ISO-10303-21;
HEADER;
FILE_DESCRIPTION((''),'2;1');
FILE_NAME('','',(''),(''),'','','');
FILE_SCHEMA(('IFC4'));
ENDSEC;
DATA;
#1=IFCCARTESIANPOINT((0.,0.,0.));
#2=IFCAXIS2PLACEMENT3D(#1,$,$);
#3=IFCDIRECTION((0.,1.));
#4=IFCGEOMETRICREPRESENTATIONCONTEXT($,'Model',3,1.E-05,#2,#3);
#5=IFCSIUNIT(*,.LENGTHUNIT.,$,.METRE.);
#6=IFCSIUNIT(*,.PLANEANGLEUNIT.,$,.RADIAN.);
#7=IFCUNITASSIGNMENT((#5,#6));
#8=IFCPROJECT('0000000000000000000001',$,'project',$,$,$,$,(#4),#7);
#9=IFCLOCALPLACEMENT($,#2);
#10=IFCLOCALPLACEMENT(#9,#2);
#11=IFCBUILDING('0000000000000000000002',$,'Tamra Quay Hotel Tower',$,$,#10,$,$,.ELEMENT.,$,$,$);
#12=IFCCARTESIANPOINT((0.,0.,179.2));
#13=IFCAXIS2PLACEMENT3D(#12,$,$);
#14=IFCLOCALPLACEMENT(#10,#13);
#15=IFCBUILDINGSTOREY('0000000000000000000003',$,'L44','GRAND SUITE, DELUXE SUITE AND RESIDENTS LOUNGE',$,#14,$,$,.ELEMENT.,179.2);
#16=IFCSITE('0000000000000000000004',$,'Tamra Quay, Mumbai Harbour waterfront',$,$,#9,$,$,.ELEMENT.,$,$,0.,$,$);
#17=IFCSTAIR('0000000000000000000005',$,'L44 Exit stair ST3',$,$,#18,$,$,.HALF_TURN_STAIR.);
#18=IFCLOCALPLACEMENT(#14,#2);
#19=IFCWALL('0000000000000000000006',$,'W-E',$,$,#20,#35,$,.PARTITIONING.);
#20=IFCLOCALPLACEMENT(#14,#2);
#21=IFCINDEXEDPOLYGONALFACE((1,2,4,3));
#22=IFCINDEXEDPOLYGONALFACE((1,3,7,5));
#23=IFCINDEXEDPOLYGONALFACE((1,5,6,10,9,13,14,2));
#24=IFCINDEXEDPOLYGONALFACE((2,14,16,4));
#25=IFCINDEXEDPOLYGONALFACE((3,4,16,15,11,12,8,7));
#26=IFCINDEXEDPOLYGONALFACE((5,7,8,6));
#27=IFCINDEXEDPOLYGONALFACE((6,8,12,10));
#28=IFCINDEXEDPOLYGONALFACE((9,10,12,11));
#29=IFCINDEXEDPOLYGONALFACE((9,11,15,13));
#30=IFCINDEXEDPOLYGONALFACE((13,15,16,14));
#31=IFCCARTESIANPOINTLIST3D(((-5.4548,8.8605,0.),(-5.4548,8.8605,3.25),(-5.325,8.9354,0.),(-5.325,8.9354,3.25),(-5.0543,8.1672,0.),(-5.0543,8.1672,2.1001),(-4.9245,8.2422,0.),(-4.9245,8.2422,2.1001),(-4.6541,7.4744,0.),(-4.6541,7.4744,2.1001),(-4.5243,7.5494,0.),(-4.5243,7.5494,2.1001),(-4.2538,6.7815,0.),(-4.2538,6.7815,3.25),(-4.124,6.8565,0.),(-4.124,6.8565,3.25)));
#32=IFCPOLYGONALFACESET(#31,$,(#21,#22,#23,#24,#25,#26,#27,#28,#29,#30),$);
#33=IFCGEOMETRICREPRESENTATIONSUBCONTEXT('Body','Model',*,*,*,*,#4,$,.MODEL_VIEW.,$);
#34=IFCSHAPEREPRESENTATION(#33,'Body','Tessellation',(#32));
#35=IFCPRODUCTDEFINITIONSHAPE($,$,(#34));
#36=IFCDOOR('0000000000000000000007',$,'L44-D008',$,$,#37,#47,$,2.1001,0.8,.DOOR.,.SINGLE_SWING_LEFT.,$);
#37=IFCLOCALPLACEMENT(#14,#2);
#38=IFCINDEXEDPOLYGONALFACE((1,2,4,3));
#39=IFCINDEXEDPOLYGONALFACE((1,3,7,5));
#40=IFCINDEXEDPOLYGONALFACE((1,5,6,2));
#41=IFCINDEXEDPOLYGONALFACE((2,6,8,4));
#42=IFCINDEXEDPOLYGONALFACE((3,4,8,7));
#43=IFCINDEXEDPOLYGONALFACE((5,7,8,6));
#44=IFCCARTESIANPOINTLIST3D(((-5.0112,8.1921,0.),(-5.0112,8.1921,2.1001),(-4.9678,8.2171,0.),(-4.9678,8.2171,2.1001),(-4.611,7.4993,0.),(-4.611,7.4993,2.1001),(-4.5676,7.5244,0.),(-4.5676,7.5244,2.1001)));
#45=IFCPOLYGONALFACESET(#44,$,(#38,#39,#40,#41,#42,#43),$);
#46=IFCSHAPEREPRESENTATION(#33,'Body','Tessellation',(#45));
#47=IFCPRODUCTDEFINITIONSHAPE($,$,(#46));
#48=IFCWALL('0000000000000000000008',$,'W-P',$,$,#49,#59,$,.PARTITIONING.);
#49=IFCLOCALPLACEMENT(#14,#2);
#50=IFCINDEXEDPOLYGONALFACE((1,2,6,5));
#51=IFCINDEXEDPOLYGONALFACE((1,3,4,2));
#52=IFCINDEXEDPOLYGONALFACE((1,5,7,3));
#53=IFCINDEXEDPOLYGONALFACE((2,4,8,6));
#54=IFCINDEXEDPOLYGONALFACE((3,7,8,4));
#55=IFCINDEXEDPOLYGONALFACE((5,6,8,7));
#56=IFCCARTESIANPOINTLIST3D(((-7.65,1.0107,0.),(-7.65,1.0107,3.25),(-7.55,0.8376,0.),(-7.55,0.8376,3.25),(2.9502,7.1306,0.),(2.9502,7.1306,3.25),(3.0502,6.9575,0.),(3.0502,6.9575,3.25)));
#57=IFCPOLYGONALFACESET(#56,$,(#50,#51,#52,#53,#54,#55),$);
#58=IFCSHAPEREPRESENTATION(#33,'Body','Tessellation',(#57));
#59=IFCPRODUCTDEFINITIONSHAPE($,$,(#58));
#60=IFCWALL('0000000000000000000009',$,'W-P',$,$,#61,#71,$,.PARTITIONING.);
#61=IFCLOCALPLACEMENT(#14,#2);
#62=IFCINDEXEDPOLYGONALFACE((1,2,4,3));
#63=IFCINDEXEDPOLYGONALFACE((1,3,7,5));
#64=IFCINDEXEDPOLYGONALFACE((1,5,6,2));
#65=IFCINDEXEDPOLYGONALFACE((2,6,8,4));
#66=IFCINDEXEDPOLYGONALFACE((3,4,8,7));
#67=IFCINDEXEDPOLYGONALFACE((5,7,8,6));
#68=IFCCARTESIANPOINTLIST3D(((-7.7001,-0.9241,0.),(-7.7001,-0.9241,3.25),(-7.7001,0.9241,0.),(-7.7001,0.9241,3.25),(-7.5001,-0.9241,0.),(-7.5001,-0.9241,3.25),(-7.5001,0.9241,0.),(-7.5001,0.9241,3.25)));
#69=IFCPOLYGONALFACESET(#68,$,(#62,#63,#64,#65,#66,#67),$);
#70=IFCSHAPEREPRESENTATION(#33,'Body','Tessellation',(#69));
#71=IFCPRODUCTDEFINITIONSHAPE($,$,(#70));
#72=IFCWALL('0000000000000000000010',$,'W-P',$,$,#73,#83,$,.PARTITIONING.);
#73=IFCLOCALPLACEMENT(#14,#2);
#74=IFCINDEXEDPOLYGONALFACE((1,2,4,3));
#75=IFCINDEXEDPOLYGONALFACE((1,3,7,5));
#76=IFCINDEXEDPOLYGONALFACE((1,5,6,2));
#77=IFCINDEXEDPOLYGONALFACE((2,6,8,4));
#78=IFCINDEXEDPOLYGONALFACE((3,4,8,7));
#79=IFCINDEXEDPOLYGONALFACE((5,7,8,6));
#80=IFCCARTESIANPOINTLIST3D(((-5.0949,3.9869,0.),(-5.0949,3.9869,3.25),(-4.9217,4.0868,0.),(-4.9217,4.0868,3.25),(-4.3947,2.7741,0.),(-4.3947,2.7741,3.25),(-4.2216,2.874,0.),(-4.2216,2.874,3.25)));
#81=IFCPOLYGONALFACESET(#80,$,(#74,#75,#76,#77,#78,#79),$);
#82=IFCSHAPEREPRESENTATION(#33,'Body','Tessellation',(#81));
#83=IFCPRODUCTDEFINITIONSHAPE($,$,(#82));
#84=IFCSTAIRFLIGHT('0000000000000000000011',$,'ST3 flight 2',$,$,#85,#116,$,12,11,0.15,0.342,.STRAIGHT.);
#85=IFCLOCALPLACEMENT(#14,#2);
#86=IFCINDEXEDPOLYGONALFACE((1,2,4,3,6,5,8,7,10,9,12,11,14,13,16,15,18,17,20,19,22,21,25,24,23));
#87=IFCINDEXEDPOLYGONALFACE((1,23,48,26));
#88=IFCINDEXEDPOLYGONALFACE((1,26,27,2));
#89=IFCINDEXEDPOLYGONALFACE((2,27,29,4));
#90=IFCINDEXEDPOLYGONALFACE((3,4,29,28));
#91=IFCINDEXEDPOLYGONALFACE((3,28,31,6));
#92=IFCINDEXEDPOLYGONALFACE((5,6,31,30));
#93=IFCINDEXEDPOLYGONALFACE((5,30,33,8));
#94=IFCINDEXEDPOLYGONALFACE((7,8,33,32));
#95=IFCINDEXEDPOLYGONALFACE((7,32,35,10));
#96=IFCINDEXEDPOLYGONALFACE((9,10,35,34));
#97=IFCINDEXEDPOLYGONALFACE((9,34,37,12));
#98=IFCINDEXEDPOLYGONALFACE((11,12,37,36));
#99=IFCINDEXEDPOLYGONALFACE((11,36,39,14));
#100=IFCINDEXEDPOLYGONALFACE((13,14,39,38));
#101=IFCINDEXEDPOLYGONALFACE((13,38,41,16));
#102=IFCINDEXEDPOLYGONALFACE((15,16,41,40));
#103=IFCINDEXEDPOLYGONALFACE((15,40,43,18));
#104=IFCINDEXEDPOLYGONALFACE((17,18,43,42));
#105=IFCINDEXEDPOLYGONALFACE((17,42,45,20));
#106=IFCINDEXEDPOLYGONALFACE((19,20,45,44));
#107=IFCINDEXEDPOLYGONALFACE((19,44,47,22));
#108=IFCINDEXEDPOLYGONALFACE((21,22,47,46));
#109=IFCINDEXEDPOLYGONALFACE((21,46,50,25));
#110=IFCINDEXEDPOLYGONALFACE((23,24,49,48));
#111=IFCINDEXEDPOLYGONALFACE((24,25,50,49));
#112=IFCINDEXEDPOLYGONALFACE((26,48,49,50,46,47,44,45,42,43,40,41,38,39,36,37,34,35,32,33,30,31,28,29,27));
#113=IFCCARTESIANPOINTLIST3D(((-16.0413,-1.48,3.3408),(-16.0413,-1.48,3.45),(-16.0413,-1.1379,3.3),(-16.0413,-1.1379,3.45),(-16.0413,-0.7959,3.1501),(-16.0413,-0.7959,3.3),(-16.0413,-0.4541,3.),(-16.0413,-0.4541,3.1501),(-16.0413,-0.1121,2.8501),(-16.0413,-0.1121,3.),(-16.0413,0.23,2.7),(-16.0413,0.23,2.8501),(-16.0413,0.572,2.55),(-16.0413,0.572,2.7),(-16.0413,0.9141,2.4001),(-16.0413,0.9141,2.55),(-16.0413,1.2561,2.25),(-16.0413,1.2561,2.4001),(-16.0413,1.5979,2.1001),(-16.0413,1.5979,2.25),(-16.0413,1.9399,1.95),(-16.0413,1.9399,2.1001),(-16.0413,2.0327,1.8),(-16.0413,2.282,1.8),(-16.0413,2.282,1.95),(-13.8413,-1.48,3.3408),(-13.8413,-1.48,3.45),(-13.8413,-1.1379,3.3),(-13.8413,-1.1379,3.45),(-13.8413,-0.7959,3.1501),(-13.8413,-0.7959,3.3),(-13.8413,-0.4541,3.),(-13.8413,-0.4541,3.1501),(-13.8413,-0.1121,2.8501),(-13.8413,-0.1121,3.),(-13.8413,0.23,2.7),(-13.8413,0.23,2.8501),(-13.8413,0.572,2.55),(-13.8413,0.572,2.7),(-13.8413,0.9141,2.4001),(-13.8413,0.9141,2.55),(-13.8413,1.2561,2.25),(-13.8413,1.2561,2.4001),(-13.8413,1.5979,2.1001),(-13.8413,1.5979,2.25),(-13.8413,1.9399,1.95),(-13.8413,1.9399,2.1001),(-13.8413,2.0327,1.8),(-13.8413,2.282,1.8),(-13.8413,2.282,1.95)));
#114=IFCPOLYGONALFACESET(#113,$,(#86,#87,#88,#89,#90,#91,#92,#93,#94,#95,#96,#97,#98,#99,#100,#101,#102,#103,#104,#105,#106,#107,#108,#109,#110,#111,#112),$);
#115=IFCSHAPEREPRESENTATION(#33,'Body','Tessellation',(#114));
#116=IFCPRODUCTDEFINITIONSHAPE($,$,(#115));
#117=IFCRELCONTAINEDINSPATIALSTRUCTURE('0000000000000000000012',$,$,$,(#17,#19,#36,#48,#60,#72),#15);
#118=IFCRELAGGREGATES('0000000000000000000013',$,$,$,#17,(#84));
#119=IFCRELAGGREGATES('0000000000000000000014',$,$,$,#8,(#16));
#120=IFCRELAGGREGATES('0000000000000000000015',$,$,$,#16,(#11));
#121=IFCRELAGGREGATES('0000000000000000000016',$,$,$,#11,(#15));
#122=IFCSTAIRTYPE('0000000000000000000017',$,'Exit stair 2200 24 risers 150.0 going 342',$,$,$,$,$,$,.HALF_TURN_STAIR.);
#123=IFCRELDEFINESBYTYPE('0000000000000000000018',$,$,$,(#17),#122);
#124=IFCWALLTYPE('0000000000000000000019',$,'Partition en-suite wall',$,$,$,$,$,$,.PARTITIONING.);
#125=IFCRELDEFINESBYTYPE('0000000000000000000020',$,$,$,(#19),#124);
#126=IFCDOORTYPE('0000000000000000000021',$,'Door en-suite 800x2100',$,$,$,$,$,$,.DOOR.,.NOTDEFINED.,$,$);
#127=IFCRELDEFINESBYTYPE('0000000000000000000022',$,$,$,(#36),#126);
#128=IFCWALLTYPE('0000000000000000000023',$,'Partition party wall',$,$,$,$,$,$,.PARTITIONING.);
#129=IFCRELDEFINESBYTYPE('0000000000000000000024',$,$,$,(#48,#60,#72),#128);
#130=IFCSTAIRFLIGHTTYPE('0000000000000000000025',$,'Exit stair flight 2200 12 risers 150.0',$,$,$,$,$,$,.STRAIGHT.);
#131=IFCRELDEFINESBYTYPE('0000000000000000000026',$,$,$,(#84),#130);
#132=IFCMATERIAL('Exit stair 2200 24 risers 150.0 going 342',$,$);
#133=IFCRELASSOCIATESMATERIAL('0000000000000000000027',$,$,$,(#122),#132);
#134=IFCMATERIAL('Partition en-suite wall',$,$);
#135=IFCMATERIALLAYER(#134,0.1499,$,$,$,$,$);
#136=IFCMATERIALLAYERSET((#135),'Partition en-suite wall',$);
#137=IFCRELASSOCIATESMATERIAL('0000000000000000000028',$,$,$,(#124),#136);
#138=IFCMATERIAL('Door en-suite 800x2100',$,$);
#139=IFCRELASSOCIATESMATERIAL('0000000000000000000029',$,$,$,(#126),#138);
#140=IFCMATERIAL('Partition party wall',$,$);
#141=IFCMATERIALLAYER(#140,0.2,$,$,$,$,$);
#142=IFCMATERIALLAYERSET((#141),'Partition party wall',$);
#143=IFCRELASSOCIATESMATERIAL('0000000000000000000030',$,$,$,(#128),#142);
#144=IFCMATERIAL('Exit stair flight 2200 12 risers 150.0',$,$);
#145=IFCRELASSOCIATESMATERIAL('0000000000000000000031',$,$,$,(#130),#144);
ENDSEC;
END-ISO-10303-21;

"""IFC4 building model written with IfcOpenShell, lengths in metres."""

from ifc_helpers import new_model, si_unit, direction, frame, frame_2d, origin, place, context, subcontext, project, spatial, polyline, rectangle, outline, extrude, material, layer, layer_set, type_object, element, fill, aggregate, save


model = new_model("IFC4")

# Units and contexts
model_context = context("Model", 3, precision=1e-05, world=origin(), true_north=direction((0.0, 1.0)))
body_context = subcontext(model_context, "Body", "Model", "MODEL_VIEW")
ifc_project = project(units=[si_unit("LENGTHUNIT", "METRE"), si_unit("PLANEANGLEUNIT", "RADIAN")], contexts=[model_context])

# Site, building, storey
site_placement = place(None, origin())
site = spatial("IfcSite", under=ifc_project, at=site_placement, Name="Tamra Quay, Mumbai Harbour waterfront", CompositionType="ELEMENT", RefElevation=0.0)
building_placement = place(site_placement, origin())
building = spatial("IfcBuilding", under=site, at=building_placement, Name="Tamra Quay Hotel Tower", CompositionType="ELEMENT")
storey_placement = place(building_placement, frame((0.0, 0.0, 179.2)))
storey = spatial("IfcBuildingStorey", under=building, at=storey_placement, Name="L44", Description="GRAND SUITE, DELUXE SUITE AND RESIDENTS LOUNGE", CompositionType="ELEMENT", Elevation=179.2)

# Stair
ifc_material_1 = material(Name="Exit stair 2200 24 risers 150.0 going 342")
stair_type = type_object("IfcStairType", Name="Exit stair 2200 24 risers 150.0 going 342", PredefinedType="HALF_TURN_STAIR", material=ifc_material_1)
stair_1_placement = place(storey_placement, origin())
stair_1 = element("IfcStair", 1, at=stair_1_placement, inside=storey, type_object=stair_type, Name="L44 Exit stair ST3", PredefinedType="HALF_TURN_STAIR")

# Shared definitions
ifc_material_2 = material(Name="Partition en-suite wall")
ifc_layer_1 = layer(ifc_material_2, 0.1499)
ifc_layer_set_1 = layer_set([ifc_layer_1], Name="Partition en-suite wall")
wall_type_1 = type_object("IfcWallType", Name="Partition en-suite wall", PredefinedType="PARTITIONING", material=ifc_layer_set_1)

# Wall, opening, door
wall_1_placement = place(storey_placement, frame((-5.3899, 8.8979, 0.0), z_axis=(0.0, 0.0, 1.0), x_axis=(0.500218, -0.865899, 0.0)))
wall_1 = element("IfcWall", 2, at=wall_1_placement, inside=storey, type_object=wall_type_1, Name="W-E", PredefinedType="PARTITIONING", context=body_context, shape_type="SweptSolid", body=[
    extrude(rectangle(XDim=2.4009, YDim=0.1499, at=frame_2d((1.2004, 0.0))), origin(), (0.0, 0.0, 1.0), 3.25),
])
opening_1_placement = place(wall_1_placement, frame((0.8008, 0.0, 0.0)))
opening_1 = element("IfcOpeningElement", 3, at=opening_1_placement, cuts=wall_1, PredefinedType="OPENING", context=body_context, shape_type="SweptSolid", body=[
    extrude(rectangle(XDim=0.8, YDim=2.1001, at=frame_2d((0.3999, 1.05))), frame((0.0, 0.085, 0.0), z_axis=(0.0, -1.0, 0.0), x_axis=(1.0, 0.0, 0.0)), (0.0, 0.0, 1.0), 0.1699),
])
ifc_material_3 = material(Name="Door en-suite 800x2100")
door_type_1 = type_object("IfcDoorType", Name="Door en-suite 800x2100", OperationType="NOTDEFINED", PredefinedType="DOOR", material=ifc_material_3)
door_1_placement = place(opening_1_placement, origin())
door_1 = element("IfcDoor", 4, at=door_1_placement, inside=storey, type_object=door_type_1, Name="L44-D008", OperationType="SINGLE_SWING_LEFT", OverallHeight=2.1001, OverallWidth=0.8, PredefinedType="DOOR", context=body_context, shape_type="SweptSolid", body=[
    extrude(rectangle(XDim=0.8, YDim=2.1001, at=frame_2d((0.3999, 1.05))), frame((0.0, 0.0249, 0.0), z_axis=(0.0, -1.0, 0.0), x_axis=(1.0, 0.0, 0.0)), (0.0, 0.0, 1.0), 0.05),
])
fill(opening_1, door_1)

# Walls
ifc_material_4 = material(Name="Partition party wall")
ifc_layer_2 = layer(ifc_material_4, 0.2)
ifc_layer_set_2 = layer_set([ifc_layer_2], Name="Partition party wall")
wall_type_2 = type_object("IfcWallType", Name="Partition party wall", PredefinedType="PARTITIONING", material=ifc_layer_set_2)
wall_2_placement = place(storey_placement, frame((-7.6001, 0.9241, 0.0), z_axis=(0.0, 0.0, 1.0), x_axis=(0.866029, 0.499994, 0.0)))
element("IfcWall", 5, at=wall_2_placement, inside=storey, type_object=wall_type_2, Name="W-P", PredefinedType="PARTITIONING", context=body_context, shape_type="SweptSolid", body=[
    extrude(rectangle(XDim=12.24, YDim=0.2, at=frame_2d((6.1201, 0.0))), origin(), (0.0, 0.0, 1.0), 3.25),
])
wall_3_placement = place(storey_placement, frame((-7.6001, -0.9241, 0.0), z_axis=(0.0, 0.0, 1.0), x_axis=(0.0, 1.0, 0.0)))
element("IfcWall", 6, at=wall_3_placement, inside=storey, type_object=wall_type_2, Name="W-P", PredefinedType="PARTITIONING", context=body_context, shape_type="SweptSolid", body=[
    extrude(rectangle(XDim=1.8481, YDim=0.2, at=frame_2d((0.9241, 0.0))), origin(), (0.0, 0.0, 1.0), 3.25),
])
wall_4_placement = place(storey_placement, frame((-5.0083, 4.0369, 0.0), z_axis=(0.0, 0.0, 1.0), x_axis=(0.499964, -0.866046, 0.0)))
element("IfcWall", 7, at=wall_4_placement, inside=storey, type_object=wall_type_2, Name="W-P", PredefinedType="PARTITIONING", context=body_context, shape_type="SweptSolid", body=[
    extrude(rectangle(XDim=1.4004, YDim=0.2, at=frame_2d((0.7002, 0.0))), origin(), (0.0, 0.0, 1.0), 3.25),
])

# Stair flight
ifc_material_5 = material(Name="Exit stair flight 2200 12 risers 150.0")
stair_flight_type = type_object("IfcStairFlightType", Name="Exit stair flight 2200 12 risers 150.0", PredefinedType="STRAIGHT", material=ifc_material_5)
stair_flight_placement = place(storey_placement, frame((-14.9414, 2.282, 1.8), z_axis=(0.0, 0.0, 1.0), x_axis=(0.0, -1.0, 0.0)))
stair_flight = element("IfcStairFlight", 8, at=stair_flight_placement, type_object=stair_flight_type, Name="ST3 flight 2", NumberOfRisers=12, NumberOfTreads=11, PredefinedType="STRAIGHT", RiserHeight=0.15, TreadLength=0.342, context=body_context, shape_type="SweptSolid", body=[
    extrude(outline(polyline([(0.0, 0.0), (0.0, 0.1499), (0.342, 0.1499), (0.342, 0.3), (0.6841, 0.3), (0.6841, 0.45), (1.0259, 0.45), (1.0259, 0.6001), (1.3679, 0.6001), (1.3679, 0.75), (1.71, 0.75), (1.71, 0.8999), (2.052, 0.8999), (2.052, 1.05), (2.394, 1.05), (2.394, 1.2), (2.7361, 1.2), (2.7361, 1.3501), (3.0779, 1.3501), (3.0779, 1.5), (3.4199, 1.5), (3.4199, 1.6499), (3.762, 1.6499), (3.762, 1.8), (3.762, 1.5408), (0.2493, 0.0), (0.0, 0.0)])), frame((0.0, 1.1001, 0.0), z_axis=(0.0, -1.0, 0.0), x_axis=(1.0, 0.0, 0.0)), (0.0, 0.0, 1.0), 2.2),
])
aggregate(stair_1, [stair_flight])

save(model, "model.ifc")
